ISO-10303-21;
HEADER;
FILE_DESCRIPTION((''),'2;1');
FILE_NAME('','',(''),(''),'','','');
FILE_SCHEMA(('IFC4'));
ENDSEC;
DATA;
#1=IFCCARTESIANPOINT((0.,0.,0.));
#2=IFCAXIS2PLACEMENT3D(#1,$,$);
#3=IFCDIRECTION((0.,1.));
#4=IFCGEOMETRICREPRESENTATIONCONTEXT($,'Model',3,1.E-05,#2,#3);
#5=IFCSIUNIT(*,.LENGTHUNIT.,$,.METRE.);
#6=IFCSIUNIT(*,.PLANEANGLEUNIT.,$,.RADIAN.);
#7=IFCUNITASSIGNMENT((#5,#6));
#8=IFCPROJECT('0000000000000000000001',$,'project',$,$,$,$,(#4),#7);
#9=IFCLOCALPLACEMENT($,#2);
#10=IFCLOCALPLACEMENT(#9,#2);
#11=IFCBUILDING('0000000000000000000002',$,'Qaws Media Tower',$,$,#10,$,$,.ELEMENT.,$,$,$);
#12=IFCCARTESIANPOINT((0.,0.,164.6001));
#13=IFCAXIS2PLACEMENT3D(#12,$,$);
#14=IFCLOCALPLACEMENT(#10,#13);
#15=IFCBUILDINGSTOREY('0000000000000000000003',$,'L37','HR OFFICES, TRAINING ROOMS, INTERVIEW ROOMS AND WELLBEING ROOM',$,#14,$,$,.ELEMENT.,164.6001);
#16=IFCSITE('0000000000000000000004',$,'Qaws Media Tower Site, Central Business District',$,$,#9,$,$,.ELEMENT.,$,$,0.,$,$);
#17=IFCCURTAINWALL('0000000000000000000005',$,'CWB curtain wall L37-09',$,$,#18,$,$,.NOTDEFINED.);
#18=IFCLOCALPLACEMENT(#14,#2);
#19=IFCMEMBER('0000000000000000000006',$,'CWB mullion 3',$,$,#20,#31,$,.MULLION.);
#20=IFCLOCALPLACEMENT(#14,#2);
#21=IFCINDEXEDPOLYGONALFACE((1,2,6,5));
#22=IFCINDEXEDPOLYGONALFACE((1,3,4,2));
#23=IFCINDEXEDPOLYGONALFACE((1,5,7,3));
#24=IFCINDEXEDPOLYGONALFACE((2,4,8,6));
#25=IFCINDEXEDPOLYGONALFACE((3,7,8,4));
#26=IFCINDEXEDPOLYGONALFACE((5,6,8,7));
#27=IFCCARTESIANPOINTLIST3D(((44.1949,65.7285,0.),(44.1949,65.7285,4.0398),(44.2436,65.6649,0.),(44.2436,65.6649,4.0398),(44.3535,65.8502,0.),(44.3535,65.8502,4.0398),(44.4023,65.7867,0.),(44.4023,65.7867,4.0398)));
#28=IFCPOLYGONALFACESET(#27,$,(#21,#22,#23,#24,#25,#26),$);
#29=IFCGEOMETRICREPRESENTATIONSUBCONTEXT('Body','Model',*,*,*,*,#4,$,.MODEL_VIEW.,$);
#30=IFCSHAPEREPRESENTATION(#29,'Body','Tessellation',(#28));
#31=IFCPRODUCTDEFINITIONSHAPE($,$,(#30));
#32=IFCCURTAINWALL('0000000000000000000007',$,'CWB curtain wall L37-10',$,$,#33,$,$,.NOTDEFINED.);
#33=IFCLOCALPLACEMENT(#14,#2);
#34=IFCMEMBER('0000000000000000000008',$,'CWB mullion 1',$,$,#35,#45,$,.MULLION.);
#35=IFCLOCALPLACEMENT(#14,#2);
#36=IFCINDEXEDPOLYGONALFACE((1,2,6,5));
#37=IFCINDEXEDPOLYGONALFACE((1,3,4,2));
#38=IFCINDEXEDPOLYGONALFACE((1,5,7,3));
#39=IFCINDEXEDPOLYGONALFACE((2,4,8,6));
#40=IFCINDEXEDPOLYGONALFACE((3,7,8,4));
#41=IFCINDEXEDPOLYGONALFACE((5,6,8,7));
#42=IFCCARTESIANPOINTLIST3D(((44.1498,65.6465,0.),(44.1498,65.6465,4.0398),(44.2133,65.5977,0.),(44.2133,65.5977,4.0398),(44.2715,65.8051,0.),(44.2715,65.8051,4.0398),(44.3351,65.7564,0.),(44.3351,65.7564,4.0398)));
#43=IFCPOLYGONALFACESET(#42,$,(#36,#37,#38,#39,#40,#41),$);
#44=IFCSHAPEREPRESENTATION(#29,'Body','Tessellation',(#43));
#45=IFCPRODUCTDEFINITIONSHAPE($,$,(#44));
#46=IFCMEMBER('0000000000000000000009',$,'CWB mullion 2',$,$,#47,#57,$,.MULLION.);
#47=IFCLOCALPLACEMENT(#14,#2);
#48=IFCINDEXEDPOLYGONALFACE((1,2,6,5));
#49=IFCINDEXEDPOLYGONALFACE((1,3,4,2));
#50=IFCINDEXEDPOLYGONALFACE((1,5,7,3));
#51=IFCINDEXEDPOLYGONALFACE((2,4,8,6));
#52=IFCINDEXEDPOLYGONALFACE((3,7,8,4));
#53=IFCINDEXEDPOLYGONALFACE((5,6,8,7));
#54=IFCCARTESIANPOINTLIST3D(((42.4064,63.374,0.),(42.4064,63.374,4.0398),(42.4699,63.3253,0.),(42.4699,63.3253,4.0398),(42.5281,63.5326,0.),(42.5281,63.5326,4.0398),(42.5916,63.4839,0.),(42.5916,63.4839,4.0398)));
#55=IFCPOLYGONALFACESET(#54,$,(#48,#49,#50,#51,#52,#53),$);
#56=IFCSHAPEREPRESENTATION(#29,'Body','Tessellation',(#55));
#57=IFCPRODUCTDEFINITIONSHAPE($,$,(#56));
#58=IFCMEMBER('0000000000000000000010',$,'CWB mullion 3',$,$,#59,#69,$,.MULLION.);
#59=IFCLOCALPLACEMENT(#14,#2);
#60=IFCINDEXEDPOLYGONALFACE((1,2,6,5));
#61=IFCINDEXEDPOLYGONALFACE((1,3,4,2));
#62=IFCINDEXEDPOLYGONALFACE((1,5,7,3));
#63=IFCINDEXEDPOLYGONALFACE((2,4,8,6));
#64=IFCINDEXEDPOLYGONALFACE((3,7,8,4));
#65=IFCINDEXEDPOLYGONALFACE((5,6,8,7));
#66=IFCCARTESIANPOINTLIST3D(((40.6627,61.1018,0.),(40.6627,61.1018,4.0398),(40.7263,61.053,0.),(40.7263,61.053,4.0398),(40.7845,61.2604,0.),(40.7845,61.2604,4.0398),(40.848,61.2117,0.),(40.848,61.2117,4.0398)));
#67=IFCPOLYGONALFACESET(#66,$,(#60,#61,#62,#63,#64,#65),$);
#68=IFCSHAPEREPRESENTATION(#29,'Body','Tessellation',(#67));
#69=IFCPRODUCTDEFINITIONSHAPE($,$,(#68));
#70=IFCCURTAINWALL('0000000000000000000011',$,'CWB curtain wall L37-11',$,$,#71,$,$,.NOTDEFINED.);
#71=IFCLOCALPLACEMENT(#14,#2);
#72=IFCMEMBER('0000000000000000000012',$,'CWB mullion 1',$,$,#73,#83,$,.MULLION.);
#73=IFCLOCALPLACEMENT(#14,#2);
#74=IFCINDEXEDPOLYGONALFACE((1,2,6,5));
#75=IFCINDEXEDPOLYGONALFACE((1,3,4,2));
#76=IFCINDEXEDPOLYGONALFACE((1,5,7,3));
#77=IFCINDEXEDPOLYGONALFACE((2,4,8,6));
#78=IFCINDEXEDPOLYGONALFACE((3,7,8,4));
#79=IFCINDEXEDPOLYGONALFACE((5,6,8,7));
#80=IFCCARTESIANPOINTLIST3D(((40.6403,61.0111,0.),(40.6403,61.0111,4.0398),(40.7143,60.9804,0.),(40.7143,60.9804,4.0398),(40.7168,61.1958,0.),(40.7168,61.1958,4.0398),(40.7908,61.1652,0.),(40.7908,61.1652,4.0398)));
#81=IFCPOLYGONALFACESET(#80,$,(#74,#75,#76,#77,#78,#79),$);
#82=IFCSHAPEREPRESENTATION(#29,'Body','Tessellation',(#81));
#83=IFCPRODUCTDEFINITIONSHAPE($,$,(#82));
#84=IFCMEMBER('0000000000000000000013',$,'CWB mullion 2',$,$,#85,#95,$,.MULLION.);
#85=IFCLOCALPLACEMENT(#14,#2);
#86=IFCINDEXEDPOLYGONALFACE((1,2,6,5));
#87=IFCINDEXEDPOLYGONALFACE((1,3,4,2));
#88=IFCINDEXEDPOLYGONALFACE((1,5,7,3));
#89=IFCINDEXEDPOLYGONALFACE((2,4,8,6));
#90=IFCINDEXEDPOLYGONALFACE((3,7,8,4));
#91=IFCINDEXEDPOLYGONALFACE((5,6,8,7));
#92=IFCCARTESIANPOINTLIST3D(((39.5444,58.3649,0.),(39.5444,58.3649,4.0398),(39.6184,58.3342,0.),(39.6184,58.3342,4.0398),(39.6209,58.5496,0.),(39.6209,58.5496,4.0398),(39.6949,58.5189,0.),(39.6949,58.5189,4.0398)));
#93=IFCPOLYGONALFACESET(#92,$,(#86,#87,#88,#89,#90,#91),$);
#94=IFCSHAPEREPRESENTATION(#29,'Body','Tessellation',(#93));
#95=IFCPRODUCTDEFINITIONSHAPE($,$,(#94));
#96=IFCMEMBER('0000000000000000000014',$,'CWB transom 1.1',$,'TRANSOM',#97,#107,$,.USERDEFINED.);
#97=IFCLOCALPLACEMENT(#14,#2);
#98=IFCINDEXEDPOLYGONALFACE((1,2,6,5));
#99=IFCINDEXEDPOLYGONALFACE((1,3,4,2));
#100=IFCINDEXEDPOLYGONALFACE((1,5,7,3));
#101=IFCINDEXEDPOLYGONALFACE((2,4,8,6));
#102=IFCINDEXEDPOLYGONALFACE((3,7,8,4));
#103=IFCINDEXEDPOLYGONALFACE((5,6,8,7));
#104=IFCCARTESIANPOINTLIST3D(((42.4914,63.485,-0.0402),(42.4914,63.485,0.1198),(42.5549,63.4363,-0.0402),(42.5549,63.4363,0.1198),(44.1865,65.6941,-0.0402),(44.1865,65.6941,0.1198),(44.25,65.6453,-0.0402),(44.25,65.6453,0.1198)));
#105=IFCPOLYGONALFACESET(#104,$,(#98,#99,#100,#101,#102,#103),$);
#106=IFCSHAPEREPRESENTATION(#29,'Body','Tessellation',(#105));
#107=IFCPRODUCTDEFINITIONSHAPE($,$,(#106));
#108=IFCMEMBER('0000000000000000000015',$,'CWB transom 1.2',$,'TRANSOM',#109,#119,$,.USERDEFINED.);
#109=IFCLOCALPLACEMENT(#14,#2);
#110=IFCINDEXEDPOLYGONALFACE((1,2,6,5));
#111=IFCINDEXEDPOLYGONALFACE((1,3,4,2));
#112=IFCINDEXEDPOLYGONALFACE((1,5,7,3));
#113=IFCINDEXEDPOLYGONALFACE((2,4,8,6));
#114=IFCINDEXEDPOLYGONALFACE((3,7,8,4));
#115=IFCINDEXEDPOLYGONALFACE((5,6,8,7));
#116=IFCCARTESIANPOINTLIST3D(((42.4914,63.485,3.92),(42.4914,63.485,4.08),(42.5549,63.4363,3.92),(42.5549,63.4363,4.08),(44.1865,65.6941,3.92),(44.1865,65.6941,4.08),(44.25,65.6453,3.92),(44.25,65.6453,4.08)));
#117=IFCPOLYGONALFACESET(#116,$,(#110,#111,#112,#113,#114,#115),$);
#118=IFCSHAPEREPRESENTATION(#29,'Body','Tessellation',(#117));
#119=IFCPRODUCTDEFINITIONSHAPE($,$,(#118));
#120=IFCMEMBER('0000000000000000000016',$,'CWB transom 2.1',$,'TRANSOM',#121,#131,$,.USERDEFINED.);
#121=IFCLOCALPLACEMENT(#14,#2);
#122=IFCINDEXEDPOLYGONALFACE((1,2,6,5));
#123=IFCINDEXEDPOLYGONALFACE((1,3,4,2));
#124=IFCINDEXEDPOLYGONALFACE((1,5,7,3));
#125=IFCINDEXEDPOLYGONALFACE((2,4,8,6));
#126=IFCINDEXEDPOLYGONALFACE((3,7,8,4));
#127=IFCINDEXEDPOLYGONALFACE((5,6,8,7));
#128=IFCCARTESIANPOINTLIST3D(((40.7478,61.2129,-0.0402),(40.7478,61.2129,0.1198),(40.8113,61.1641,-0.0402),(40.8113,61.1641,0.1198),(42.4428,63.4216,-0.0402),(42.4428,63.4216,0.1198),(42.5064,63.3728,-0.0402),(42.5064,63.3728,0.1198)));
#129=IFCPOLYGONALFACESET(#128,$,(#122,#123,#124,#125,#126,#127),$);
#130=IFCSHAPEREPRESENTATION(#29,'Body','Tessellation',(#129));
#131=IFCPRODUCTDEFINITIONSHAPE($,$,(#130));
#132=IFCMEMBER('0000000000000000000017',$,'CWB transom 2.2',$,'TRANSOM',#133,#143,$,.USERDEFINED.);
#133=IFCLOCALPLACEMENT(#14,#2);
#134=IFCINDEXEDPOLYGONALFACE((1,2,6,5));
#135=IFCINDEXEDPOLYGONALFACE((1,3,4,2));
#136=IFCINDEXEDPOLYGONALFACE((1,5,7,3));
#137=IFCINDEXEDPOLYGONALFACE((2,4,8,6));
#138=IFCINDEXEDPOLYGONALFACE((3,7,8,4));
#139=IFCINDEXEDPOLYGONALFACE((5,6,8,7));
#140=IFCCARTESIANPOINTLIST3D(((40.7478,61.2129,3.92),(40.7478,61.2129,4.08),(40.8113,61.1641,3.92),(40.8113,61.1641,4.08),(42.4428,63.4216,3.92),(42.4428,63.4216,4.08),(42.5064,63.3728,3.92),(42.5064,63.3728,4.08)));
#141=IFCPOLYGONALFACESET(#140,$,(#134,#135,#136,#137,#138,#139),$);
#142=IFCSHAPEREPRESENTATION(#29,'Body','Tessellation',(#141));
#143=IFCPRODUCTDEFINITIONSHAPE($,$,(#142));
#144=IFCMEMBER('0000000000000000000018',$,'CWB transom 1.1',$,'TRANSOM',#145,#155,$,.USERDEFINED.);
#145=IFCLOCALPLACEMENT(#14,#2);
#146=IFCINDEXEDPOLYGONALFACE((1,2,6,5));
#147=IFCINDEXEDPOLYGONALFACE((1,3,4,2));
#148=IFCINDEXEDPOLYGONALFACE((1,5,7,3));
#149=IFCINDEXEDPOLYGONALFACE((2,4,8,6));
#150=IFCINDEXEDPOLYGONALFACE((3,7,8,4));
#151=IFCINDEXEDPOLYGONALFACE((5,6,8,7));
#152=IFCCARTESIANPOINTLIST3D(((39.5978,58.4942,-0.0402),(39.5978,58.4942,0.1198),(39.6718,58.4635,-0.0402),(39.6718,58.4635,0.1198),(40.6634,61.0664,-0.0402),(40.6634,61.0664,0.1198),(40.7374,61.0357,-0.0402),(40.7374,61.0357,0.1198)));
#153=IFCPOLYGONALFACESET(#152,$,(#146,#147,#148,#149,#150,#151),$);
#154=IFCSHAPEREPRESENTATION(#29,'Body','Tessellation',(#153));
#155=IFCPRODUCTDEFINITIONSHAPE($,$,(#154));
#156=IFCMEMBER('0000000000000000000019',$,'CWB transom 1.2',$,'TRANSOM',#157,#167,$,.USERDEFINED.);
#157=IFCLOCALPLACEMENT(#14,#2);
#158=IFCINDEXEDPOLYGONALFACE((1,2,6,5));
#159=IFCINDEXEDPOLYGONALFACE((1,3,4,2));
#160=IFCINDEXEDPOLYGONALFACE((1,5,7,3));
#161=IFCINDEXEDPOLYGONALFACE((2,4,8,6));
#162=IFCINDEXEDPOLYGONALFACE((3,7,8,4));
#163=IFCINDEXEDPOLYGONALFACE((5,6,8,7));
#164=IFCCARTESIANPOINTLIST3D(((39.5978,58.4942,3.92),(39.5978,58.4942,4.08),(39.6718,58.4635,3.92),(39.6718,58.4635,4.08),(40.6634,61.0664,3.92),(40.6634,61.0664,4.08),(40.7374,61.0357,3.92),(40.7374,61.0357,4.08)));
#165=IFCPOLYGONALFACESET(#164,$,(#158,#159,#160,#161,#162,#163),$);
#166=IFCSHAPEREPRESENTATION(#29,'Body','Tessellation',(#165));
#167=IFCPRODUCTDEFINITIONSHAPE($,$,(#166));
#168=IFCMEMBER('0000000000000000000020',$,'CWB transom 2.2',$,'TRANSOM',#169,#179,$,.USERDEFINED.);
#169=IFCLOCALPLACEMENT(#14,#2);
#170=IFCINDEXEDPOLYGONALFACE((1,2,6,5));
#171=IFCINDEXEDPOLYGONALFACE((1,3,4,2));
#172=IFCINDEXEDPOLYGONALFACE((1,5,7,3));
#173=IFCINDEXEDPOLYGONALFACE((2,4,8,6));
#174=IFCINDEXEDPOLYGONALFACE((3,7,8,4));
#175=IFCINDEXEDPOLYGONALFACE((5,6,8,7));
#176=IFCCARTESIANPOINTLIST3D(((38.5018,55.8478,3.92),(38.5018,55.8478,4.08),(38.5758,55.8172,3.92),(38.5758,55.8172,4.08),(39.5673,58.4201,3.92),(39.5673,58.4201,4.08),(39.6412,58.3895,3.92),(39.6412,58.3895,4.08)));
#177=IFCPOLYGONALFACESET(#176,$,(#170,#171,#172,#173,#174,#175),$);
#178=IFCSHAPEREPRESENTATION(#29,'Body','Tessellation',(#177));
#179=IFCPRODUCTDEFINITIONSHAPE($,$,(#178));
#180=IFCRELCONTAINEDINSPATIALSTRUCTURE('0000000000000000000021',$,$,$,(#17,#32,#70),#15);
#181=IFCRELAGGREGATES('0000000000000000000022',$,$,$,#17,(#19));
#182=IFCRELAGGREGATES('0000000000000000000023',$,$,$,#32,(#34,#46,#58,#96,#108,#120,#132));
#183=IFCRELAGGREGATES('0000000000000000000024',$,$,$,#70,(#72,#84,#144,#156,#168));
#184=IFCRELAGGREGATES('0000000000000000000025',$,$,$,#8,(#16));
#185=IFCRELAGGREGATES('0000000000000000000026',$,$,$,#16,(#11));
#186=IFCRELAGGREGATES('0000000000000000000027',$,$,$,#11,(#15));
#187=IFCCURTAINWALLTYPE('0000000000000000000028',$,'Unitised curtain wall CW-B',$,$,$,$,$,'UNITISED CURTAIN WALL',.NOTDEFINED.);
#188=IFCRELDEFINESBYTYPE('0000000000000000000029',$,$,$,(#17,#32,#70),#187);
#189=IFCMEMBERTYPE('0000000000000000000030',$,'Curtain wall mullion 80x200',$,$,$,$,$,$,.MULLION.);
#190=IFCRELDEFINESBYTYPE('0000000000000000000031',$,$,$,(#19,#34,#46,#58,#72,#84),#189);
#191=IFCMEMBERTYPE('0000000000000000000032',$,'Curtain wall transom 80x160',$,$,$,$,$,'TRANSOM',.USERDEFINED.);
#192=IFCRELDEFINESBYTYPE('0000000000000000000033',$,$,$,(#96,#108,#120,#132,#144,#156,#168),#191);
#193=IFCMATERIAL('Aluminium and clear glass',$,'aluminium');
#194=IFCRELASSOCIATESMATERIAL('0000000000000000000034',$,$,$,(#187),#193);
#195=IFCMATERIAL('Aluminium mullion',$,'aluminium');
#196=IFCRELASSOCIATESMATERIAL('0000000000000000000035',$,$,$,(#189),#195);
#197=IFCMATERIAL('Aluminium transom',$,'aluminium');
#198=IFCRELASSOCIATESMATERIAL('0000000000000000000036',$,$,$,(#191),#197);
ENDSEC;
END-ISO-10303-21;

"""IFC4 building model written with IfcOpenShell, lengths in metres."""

from ifc_helpers import new_model, si_unit, direction, frame, origin, origin_2d, place, context, subcontext, project, spatial, rectangle, extrude, material, material_profile, profile_set, type_object, element, aggregate, save


model = new_model("IFC4")

# Units and contexts
model_context = context("Model", 3, precision=1e-05, world=origin(), true_north=direction((0.0, 1.0)))
body_context = subcontext(model_context, "Body", "Model", "MODEL_VIEW")
ifc_project = project(units=[si_unit("LENGTHUNIT", "METRE"), si_unit("PLANEANGLEUNIT", "RADIAN")], contexts=[model_context])

# Site, building, storey
site_placement = place(None, origin())
site = spatial("IfcSite", under=ifc_project, at=site_placement, Name="Qaws Media Tower Site, Central Business District", CompositionType="ELEMENT", RefElevation=0.0)
building_placement = place(site_placement, origin())
building = spatial("IfcBuilding", under=site, at=building_placement, Name="Qaws Media Tower", CompositionType="ELEMENT")
storey_placement = place(building_placement, frame((0.0, 0.0, 164.6001)))
storey = spatial("IfcBuildingStorey", under=building, at=storey_placement, Name="L37", Description="HR OFFICES, TRAINING ROOMS, INTERVIEW ROOMS AND WELLBEING ROOM", CompositionType="ELEMENT", Elevation=164.6001)

# Curtain wall, member
ifc_material_1 = material(Name="Aluminium and clear glass", Category="aluminium")
curtain_wall_type = type_object("IfcCurtainWallType", Name="Unitised curtain wall CW-B", ElementType="UNITISED CURTAIN WALL", PredefinedType="NOTDEFINED", material=ifc_material_1)
curtain_wall_1_placement = place(storey_placement, origin())
curtain_wall_1 = element("IfcCurtainWall", 1, at=curtain_wall_1_placement, inside=storey, type_object=curtain_wall_type, Name="CWB curtain wall L37-09", PredefinedType="NOTDEFINED")
ifc_material_2 = material(Name="Aluminium mullion", Category="aluminium")
ifc_material_profile_1 = material_profile(ifc_material_2, rectangle(XDim=0.0801, YDim=0.2, at=origin_2d()), Name="80x200")
ifc_profile_set_1 = profile_set([ifc_material_profile_1], Name="Aluminium mullion")
member_type_1 = type_object("IfcMemberType", Name="Curtain wall mullion 80x200", PredefinedType="MULLION", material=ifc_profile_set_1)
member_1_placement = place(storey_placement, frame((44.2986, 65.7576, 0.0), z_axis=(0.0, 0.0, 1.0), x_axis=(0.608761, -0.793353, 0.0)))
member_1 = element("IfcMember", 2, at=member_1_placement, type_object=member_type_1, Name="CWB mullion 3", PredefinedType="MULLION", context=body_context, shape_type="SweptSolid", body=[
    extrude(rectangle(XDim=0.0801, YDim=0.2, at=origin_2d()), origin(), (0.0, 0.0, 1.0), 4.0398),
])

# Curtain walls, members
curtain_wall_2_placement = place(storey_placement, origin())
curtain_wall_2 = element("IfcCurtainWall", 3, at=curtain_wall_2_placement, inside=storey, type_object=curtain_wall_type, Name="CWB curtain wall L37-10", PredefinedType="NOTDEFINED")
member_2_placement = place(storey_placement, frame((44.2424, 65.7014, 0.0), z_axis=(0.0, 0.0, 1.0), x_axis=(0.793353, -0.608761, 0.0)))
member_2 = element("IfcMember", 4, at=member_2_placement, type_object=member_type_1, Name="CWB mullion 1", PredefinedType="MULLION", context=body_context, shape_type="SweptSolid", body=[
    extrude(rectangle(XDim=0.0801, YDim=0.2, at=origin_2d()), origin(), (0.0, 0.0, 1.0), 4.0398),
])
member_3_placement = place(storey_placement, frame((42.499, 63.429, 0.0), z_axis=(0.0, 0.0, 1.0), x_axis=(0.793353, -0.608761, 0.0)))
member_3 = element("IfcMember", 5, at=member_3_placement, type_object=member_type_1, Name="CWB mullion 2", PredefinedType="MULLION", context=body_context, shape_type="SweptSolid", body=[
    extrude(rectangle(XDim=0.0801, YDim=0.2, at=origin_2d()), origin(), (0.0, 0.0, 1.0), 4.0398),
])
member_4_placement = place(storey_placement, frame((40.7554, 61.1567, 0.0), z_axis=(0.0, 0.0, 1.0), x_axis=(0.793353, -0.608761, 0.0)))
member_4 = element("IfcMember", 6, at=member_4_placement, type_object=member_type_1, Name="CWB mullion 3", PredefinedType="MULLION", context=body_context, shape_type="SweptSolid", body=[
    extrude(rectangle(XDim=0.0801, YDim=0.2, at=origin_2d()), origin(), (0.0, 0.0, 1.0), 4.0398),
])
curtain_wall_3_placement = place(storey_placement, origin())
curtain_wall_3 = element("IfcCurtainWall", 7, at=curtain_wall_3_placement, inside=storey, type_object=curtain_wall_type, Name="CWB curtain wall L37-11", PredefinedType="NOTDEFINED")
member_5_placement = place(storey_placement, frame((40.7156, 61.0881, 0.0), z_axis=(0.0, 0.0, 1.0), x_axis=(0.923879, -0.382684, 0.0)))
member_5 = element("IfcMember", 8, at=member_5_placement, type_object=member_type_1, Name="CWB mullion 1", PredefinedType="MULLION", context=body_context, shape_type="SweptSolid", body=[
    extrude(rectangle(XDim=0.0801, YDim=0.2, at=origin_2d()), origin(), (0.0, 0.0, 1.0), 4.0398),
])
member_6_placement = place(storey_placement, frame((39.6196, 58.4419, 0.0), z_axis=(0.0, 0.0, 1.0), x_axis=(0.923879, -0.382684, 0.0)))
member_6 = element("IfcMember", 9, at=member_6_placement, type_object=member_type_1, Name="CWB mullion 2", PredefinedType="MULLION", context=body_context, shape_type="SweptSolid", body=[
    extrude(rectangle(XDim=0.0801, YDim=0.2, at=origin_2d()), origin(), (0.0, 0.0, 1.0), 4.0398),
])

# Members
ifc_material_3 = material(Name="Aluminium transom", Category="aluminium")
ifc_material_profile_2 = material_profile(ifc_material_3, rectangle(XDim=0.0801, YDim=0.1599, at=origin_2d()), Name="80x160")
ifc_profile_set_2 = profile_set([ifc_material_profile_2], Name="Aluminium transom")
member_type_2 = type_object("IfcMemberType", Name="Curtain wall transom 80x160", ElementType="TRANSOM", PredefinedType="USERDEFINED", material=ifc_profile_set_2)
member_7_placement = place(storey_placement, frame((44.2183, 65.6697, 0.0398), z_axis=(-0.608774, -0.793344, 0.0), x_axis=(0.793344, -0.608774, 0.0)))
member_7 = element("IfcMember", 10, at=member_7_placement, type_object=member_type_2, Name="CWB transom 1.1", ObjectType="TRANSOM", PredefinedType="USERDEFINED", context=body_context, shape_type="SweptSolid", body=[
    extrude(rectangle(XDim=0.0801, YDim=0.1599, at=origin_2d()), origin(), (0.0, 0.0, 1.0), 2.7844),
])
member_8_placement = place(storey_placement, frame((44.2183, 65.6697, 4.0), z_axis=(-0.608774, -0.793344, 0.0), x_axis=(0.793344, -0.608774, 0.0)))
member_8 = element("IfcMember", 11, at=member_8_placement, type_object=member_type_2, Name="CWB transom 1.2", ObjectType="TRANSOM", PredefinedType="USERDEFINED", context=body_context, shape_type="SweptSolid", body=[
    extrude(rectangle(XDim=0.0801, YDim=0.1599, at=origin_2d()), origin(), (0.0, 0.0, 1.0), 2.7844),
])
member_9_placement = place(storey_placement, frame((42.4746, 63.3972, 0.0398), z_axis=(-0.608816, -0.793311, 0.0), x_axis=(0.793311, -0.608816, 0.0)))
member_9 = element("IfcMember", 12, at=member_9_placement, type_object=member_type_2, Name="CWB transom 2.1", ObjectType="TRANSOM", PredefinedType="USERDEFINED", context=body_context, shape_type="SweptSolid", body=[
    extrude(rectangle(XDim=0.0801, YDim=0.1599, at=origin_2d()), origin(), (0.0, 0.0, 1.0), 2.7842),
])
member_10_placement = place(storey_placement, frame((42.4746, 63.3972, 4.0), z_axis=(-0.608816, -0.793311, 0.0), x_axis=(0.793311, -0.608816, 0.0)))
member_10 = element("IfcMember", 13, at=member_10_placement, type_object=member_type_2, Name="CWB transom 2.2", ObjectType="TRANSOM", PredefinedType="USERDEFINED", context=body_context, shape_type="SweptSolid", body=[
    extrude(rectangle(XDim=0.0801, YDim=0.1599, at=origin_2d()), origin(), (0.0, 0.0, 1.0), 2.7842),
])
member_11_placement = place(storey_placement, frame((40.7004, 61.051, 0.0398), z_axis=(-0.382747, -0.923853, 0.0), x_axis=(0.923853, -0.382747, 0.0)))
member_11 = element("IfcMember", 14, at=member_11_placement, type_object=member_type_2, Name="CWB transom 1.1", ObjectType="TRANSOM", PredefinedType="USERDEFINED", context=body_context, shape_type="SweptSolid", body=[
    extrude(rectangle(XDim=0.0801, YDim=0.1599, at=origin_2d()), origin(), (0.0, 0.0, 1.0), 2.7842),
])
member_12_placement = place(storey_placement, frame((40.7004, 61.051, 4.0), z_axis=(-0.382747, -0.923853, 0.0), x_axis=(0.923853, -0.382747, 0.0)))
member_12 = element("IfcMember", 15, at=member_12_placement, type_object=member_type_2, Name="CWB transom 1.2", ObjectType="TRANSOM", PredefinedType="USERDEFINED", context=body_context, shape_type="SweptSolid", body=[
    extrude(rectangle(XDim=0.0801, YDim=0.1599, at=origin_2d()), origin(), (0.0, 0.0, 1.0), 2.7842),
])
member_13_placement = place(storey_placement, frame((39.6042, 58.4048, 4.0), z_axis=(-0.382672, -0.923884, 0.0), x_axis=(0.923884, -0.382672, 0.0)))
member_13 = element("IfcMember", 16, at=member_13_placement, type_object=member_type_2, Name="CWB transom 2.2", ObjectType="TRANSOM", PredefinedType="USERDEFINED", context=body_context, shape_type="SweptSolid", body=[
    extrude(rectangle(XDim=0.0801, YDim=0.1599, at=origin_2d()), origin(), (0.0, 0.0, 1.0), 2.7842),
])

aggregate(curtain_wall_1, [member_1])
aggregate(curtain_wall_2, [member_2, member_3, member_4, member_7, member_8, member_9, member_10])
aggregate(curtain_wall_3, [member_5, member_6, member_11, member_12, member_13])

save(model, "model.ifc")
